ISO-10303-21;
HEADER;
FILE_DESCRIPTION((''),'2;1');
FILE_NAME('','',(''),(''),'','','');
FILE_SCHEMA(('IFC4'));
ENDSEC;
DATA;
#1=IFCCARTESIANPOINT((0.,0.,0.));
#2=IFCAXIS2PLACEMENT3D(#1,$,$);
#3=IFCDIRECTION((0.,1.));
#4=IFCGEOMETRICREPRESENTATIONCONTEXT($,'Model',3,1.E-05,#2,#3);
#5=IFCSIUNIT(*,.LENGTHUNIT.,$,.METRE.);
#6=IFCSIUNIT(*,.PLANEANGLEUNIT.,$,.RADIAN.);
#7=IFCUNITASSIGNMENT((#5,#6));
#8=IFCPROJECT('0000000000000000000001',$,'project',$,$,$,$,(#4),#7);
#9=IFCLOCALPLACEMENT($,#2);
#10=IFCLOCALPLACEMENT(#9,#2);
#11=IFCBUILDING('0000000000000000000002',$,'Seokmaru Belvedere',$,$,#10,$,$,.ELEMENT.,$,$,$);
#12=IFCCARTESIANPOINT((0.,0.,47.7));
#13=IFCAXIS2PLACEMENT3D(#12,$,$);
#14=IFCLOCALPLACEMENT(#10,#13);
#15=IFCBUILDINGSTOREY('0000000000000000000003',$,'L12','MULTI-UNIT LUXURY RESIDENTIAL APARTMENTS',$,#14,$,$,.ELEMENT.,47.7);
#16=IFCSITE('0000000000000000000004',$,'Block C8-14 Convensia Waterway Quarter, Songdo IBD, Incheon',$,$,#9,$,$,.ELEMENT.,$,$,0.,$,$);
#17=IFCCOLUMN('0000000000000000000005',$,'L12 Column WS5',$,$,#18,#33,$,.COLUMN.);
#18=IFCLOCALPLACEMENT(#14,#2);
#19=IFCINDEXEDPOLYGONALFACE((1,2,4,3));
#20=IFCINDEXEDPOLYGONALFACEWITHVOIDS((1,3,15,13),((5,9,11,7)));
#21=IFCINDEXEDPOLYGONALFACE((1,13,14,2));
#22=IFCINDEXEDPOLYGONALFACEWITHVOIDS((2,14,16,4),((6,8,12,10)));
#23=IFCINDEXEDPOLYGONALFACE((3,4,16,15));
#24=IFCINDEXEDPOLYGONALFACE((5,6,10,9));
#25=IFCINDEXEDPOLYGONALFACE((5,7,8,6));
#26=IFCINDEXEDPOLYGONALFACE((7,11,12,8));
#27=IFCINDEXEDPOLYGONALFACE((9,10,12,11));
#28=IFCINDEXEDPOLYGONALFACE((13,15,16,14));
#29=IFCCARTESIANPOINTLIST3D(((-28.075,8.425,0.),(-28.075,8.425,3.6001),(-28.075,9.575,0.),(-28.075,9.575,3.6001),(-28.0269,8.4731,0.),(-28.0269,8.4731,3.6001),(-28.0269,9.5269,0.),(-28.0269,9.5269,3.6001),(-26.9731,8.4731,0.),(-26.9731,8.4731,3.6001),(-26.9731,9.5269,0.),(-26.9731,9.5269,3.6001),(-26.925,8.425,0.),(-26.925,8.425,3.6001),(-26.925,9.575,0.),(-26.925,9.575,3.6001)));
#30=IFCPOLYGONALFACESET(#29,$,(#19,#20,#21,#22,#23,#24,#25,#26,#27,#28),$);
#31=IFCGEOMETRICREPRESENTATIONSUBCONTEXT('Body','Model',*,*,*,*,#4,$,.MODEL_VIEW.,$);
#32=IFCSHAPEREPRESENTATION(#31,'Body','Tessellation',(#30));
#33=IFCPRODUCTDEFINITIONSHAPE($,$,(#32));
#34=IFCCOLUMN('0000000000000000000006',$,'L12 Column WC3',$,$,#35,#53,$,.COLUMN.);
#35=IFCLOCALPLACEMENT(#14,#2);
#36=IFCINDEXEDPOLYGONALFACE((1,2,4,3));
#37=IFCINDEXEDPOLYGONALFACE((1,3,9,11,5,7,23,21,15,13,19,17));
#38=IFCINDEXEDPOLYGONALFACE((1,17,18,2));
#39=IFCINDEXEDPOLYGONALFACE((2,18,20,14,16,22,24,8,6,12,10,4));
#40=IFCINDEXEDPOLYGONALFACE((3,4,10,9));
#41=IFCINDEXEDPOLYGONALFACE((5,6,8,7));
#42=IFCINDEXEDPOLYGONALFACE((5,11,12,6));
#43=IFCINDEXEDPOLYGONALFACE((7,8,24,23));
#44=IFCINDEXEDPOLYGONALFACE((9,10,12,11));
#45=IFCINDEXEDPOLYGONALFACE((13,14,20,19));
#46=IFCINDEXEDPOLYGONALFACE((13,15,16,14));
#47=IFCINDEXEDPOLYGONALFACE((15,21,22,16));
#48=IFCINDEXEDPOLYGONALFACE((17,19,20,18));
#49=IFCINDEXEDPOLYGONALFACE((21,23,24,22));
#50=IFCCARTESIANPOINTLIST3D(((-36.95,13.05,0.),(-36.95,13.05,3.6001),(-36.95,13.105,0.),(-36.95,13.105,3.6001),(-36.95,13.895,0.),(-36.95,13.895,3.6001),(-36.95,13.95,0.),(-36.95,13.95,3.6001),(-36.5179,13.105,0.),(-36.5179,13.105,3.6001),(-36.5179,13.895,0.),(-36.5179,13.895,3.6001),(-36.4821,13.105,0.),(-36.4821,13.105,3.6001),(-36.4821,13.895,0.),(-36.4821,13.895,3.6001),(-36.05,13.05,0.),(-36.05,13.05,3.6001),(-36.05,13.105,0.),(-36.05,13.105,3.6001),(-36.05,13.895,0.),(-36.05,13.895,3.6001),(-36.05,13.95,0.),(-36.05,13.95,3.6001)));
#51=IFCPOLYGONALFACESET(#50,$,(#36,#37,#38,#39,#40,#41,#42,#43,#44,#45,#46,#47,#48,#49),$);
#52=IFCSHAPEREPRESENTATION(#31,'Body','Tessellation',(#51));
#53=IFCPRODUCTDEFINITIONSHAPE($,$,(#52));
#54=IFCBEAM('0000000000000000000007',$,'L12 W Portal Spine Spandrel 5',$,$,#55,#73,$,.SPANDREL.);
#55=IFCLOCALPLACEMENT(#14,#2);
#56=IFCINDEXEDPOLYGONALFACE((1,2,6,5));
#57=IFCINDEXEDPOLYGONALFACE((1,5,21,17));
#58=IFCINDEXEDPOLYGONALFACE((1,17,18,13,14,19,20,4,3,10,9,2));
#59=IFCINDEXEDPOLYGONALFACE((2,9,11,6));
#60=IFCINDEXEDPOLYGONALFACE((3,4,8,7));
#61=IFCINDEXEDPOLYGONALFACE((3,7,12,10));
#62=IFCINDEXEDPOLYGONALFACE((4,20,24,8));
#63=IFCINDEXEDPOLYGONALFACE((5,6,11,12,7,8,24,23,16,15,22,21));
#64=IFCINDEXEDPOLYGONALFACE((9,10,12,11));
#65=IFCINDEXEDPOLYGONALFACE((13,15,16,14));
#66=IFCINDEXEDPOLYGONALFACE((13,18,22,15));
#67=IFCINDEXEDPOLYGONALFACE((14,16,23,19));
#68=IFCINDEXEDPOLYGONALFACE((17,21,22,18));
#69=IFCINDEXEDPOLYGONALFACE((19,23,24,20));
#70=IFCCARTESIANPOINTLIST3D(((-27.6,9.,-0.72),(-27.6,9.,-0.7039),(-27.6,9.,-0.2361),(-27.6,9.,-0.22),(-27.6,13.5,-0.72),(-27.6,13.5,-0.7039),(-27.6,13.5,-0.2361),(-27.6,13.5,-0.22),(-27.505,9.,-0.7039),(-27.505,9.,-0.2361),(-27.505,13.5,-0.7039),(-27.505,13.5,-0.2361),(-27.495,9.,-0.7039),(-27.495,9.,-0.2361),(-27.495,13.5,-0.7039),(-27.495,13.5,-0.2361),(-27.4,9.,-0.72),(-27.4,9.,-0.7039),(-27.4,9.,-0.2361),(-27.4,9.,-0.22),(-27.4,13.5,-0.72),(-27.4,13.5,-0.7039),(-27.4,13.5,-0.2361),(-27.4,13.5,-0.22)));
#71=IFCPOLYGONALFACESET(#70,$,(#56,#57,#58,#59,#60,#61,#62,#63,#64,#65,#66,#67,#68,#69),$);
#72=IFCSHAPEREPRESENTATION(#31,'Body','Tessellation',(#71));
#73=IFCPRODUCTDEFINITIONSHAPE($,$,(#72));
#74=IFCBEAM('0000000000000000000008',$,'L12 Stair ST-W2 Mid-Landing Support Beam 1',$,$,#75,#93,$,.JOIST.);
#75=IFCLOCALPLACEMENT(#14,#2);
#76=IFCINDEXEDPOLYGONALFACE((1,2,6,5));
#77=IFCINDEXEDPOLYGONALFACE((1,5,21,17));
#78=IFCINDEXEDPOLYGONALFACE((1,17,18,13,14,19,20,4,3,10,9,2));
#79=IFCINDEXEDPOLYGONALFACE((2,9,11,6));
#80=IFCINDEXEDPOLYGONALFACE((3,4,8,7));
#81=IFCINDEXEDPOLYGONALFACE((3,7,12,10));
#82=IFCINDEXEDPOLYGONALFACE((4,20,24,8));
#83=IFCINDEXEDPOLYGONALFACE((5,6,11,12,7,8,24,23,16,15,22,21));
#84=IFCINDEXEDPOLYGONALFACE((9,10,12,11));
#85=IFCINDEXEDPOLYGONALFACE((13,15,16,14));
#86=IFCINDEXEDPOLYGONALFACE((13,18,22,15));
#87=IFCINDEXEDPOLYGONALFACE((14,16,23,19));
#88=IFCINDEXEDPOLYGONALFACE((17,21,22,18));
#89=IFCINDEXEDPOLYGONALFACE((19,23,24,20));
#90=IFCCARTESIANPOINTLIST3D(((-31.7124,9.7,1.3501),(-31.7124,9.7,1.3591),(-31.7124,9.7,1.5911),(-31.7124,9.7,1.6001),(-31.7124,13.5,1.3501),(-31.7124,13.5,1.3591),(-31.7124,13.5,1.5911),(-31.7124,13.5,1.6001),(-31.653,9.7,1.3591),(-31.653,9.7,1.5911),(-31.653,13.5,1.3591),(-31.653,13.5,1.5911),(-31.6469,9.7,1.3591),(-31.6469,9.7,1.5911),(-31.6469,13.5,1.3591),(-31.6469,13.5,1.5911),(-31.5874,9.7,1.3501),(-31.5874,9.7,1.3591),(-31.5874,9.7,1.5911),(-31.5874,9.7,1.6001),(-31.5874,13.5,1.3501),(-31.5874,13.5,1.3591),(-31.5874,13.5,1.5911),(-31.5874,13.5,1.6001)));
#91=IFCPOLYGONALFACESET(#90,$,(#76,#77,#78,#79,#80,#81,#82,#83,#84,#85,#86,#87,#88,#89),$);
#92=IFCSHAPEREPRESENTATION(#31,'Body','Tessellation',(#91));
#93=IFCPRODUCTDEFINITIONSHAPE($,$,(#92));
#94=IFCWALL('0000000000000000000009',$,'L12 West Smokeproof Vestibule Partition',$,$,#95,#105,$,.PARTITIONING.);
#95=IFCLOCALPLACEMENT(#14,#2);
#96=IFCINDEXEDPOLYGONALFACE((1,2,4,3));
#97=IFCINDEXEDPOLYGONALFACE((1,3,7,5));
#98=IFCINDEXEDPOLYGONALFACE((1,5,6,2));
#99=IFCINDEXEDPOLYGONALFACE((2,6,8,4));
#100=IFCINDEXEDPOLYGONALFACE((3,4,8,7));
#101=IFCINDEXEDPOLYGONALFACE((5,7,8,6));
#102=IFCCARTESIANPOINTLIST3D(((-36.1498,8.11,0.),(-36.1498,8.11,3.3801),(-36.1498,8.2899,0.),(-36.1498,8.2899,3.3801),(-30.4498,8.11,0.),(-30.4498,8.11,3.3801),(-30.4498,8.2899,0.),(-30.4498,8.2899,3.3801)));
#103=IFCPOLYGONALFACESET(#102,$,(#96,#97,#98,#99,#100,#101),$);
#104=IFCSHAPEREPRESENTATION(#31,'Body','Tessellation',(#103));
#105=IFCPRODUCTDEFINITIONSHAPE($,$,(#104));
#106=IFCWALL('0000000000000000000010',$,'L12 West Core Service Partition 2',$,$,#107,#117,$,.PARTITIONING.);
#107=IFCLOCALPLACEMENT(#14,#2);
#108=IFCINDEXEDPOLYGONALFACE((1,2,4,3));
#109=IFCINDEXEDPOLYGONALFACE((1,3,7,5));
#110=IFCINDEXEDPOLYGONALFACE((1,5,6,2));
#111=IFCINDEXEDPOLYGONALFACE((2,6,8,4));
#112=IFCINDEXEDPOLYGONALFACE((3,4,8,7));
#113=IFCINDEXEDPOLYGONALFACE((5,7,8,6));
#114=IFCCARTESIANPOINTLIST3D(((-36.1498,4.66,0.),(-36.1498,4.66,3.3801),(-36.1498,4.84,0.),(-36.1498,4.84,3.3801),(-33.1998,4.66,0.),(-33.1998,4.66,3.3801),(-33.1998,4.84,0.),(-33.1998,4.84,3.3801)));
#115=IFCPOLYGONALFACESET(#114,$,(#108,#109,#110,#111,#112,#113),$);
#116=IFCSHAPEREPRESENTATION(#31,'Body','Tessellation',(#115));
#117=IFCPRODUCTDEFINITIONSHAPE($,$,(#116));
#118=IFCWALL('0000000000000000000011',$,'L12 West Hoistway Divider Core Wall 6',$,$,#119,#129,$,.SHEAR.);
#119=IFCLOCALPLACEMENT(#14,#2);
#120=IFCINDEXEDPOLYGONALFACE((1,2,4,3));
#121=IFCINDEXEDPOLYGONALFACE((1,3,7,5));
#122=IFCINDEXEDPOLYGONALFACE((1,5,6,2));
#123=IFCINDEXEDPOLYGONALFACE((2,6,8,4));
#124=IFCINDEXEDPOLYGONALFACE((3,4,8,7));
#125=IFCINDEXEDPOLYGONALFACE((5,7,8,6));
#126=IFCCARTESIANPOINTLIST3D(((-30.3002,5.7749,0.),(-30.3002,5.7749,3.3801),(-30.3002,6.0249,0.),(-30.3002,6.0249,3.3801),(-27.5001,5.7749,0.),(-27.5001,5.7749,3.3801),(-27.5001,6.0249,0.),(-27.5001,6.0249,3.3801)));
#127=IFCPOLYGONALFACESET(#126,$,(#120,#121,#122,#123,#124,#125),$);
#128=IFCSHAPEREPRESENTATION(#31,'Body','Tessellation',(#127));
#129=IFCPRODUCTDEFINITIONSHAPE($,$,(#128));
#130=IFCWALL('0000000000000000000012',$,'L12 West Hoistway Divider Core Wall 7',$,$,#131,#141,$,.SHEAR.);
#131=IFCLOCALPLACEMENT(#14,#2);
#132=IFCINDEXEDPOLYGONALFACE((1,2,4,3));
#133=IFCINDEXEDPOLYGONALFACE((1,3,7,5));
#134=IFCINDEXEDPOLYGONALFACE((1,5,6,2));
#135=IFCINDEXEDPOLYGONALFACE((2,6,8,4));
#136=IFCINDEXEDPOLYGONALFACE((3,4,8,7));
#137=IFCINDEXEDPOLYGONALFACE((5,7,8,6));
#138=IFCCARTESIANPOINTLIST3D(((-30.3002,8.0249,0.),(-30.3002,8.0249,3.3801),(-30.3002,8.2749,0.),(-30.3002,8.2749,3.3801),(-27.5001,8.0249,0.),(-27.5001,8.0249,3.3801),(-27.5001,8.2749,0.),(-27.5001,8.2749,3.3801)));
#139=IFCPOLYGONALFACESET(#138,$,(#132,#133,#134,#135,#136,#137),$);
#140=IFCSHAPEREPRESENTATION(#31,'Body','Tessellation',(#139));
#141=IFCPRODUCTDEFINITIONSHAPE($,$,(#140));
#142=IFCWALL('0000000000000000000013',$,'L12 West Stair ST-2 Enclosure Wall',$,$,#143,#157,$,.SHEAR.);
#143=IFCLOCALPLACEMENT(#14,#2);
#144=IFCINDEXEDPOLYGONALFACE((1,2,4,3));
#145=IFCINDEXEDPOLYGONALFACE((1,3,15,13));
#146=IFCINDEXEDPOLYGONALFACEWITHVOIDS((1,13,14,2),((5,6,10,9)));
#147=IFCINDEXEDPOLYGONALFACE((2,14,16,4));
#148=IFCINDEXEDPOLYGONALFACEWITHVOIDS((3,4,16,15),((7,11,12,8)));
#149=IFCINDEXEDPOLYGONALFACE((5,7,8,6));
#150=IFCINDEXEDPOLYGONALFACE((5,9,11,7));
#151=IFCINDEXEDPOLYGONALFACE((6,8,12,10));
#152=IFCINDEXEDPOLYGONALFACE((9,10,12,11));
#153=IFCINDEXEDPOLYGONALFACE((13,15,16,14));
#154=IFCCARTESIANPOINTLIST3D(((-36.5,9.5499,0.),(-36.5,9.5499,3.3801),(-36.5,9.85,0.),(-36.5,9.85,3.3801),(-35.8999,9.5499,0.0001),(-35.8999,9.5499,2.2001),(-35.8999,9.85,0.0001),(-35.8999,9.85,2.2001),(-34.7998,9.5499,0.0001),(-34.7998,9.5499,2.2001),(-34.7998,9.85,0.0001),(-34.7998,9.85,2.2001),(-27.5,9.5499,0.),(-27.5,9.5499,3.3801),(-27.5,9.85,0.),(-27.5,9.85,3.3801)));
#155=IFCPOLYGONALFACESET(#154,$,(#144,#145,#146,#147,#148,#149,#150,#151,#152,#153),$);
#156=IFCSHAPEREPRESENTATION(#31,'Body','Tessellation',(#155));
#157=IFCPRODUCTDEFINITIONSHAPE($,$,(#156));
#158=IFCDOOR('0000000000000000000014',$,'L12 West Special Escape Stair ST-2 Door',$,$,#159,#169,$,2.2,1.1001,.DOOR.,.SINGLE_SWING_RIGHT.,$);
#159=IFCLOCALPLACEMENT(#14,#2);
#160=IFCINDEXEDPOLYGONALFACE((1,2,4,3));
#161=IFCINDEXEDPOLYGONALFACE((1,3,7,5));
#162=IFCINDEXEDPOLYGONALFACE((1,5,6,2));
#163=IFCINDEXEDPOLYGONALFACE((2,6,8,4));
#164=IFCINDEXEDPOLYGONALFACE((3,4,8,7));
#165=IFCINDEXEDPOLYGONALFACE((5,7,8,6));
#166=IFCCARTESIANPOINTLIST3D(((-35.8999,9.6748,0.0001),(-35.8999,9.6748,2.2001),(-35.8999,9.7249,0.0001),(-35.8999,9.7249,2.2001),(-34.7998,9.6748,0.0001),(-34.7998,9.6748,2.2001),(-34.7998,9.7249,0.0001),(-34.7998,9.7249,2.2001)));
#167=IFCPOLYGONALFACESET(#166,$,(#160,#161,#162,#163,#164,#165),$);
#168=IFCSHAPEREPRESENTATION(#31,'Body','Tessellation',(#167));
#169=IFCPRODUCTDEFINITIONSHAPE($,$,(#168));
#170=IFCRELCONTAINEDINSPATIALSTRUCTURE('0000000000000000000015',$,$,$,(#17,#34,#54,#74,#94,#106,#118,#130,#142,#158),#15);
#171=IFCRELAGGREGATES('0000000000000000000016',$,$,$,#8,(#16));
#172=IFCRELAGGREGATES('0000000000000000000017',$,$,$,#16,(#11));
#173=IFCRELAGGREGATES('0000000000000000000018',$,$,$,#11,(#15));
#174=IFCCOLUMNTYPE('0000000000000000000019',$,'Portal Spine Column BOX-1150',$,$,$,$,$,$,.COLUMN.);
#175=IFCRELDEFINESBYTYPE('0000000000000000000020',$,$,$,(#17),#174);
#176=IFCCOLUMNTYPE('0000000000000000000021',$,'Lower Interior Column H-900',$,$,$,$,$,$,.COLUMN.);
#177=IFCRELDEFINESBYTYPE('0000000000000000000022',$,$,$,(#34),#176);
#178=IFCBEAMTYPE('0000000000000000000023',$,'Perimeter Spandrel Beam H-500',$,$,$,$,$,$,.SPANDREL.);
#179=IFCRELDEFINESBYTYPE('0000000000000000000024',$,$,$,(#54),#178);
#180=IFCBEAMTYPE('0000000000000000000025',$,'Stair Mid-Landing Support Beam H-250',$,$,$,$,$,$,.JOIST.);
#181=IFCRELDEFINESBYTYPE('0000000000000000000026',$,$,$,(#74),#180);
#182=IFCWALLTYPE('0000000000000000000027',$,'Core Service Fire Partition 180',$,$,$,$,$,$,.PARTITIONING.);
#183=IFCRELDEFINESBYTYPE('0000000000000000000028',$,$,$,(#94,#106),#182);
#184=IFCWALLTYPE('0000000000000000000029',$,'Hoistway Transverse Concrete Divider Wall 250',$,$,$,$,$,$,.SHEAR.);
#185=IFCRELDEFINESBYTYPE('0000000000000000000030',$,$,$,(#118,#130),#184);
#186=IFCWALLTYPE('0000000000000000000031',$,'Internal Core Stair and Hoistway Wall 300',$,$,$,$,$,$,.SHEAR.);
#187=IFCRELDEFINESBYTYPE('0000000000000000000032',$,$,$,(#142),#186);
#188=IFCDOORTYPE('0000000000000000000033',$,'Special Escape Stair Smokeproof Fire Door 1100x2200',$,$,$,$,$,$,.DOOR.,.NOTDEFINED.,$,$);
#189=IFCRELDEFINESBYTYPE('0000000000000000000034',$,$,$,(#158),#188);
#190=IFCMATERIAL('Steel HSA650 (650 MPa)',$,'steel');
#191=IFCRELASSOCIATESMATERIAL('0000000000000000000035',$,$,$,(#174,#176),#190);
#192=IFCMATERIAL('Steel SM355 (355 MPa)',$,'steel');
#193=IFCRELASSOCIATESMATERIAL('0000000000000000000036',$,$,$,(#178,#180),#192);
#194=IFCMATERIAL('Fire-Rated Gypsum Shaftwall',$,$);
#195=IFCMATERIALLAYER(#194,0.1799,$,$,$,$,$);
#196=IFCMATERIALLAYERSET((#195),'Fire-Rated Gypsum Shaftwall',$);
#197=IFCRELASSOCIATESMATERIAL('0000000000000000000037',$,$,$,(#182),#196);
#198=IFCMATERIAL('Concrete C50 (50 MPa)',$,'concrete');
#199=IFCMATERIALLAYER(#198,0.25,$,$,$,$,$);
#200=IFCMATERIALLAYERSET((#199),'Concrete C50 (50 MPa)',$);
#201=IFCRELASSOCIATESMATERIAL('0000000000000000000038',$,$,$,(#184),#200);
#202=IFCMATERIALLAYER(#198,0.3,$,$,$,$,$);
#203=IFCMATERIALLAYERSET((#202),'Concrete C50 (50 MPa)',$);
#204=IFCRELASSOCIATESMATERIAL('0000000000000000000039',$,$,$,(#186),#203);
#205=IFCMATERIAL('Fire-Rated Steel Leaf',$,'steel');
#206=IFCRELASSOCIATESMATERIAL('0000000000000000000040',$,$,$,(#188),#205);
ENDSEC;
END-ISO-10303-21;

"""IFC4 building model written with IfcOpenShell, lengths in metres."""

from ifc_helpers import new_model, si_unit, direction, frame, frame_2d, origin, origin_2d, place, context, subcontext, project, spatial, rectangle, hollow_rectangle, i_section, extrude, source, transform, mapped, material, layer, layer_set, material_profile, profile_set, type_object, type_shapes, element, fill, save


model = new_model("IFC4")

# Units and contexts
model_context = context("Model", 3, precision=1e-05, world=origin(), true_north=direction((0.0, 1.0)))
body_context = subcontext(model_context, "Body", "Model", "MODEL_VIEW")
ifc_project = project(units=[si_unit("LENGTHUNIT", "METRE"), si_unit("PLANEANGLEUNIT", "RADIAN")], contexts=[model_context])

# Site, building, storey
site_placement = place(None, origin())
site = spatial("IfcSite", under=ifc_project, at=site_placement, Name="Block C8-14 Convensia Waterway Quarter, Songdo IBD, Incheon", CompositionType="ELEMENT", RefElevation=0.0)
building_placement = place(site_placement, origin())
building = spatial("IfcBuilding", under=site, at=building_placement, Name="Seokmaru Belvedere", CompositionType="ELEMENT")
storey_placement = place(building_placement, frame((0.0, 0.0, 47.7)))
storey = spatial("IfcBuildingStorey", under=building, at=storey_placement, Name="L12", Description="MULTI-UNIT LUXURY RESIDENTIAL APARTMENTS", CompositionType="ELEMENT", Elevation=47.7)

# Columns
ifc_material_1 = material(Name="Steel HSA650 (650 MPa)", Category="steel")
ifc_material_profile_1 = material_profile(ifc_material_1, hollow_rectangle(XDim=1.1499, YDim=1.1499, WallThickness=0.0481, at=origin_2d()), Name="BOX-1150x1150x48")
ifc_profile_set_1 = profile_set([ifc_material_profile_1], Name="Steel HSA650 (650 MPa)")
column_type_1 = type_object("IfcColumnType", Name="Portal Spine Column BOX-1150", PredefinedType="COLUMN", material=ifc_profile_set_1)
shared_shape_1 = source(origin(), body_context, "Body", "SweptSolid", [
    extrude(hollow_rectangle(XDim=1.1499, YDim=1.1499, WallThickness=0.0481, at=origin_2d()), origin(), (0.0, 0.0, 1.0), 3.6001),
])
type_shapes(column_type_1, [shared_shape_1])
column_1_placement = place(storey_placement, frame((-27.5, 9.0, 0.0), z_axis=(0.0, 0.0, 1.0), x_axis=(1.0, 0.0, 0.0)))
element("IfcColumn", 1, at=column_1_placement, inside=storey, type_object=column_type_1, Name="L12 Column WS5", PredefinedType="COLUMN", context=body_context, shape_type="MappedRepresentation", body=[
    mapped(shared_shape_1, transform((0.0, 0.0, 0.0), scale=1.0)),
])
ifc_material_profile_2 = material_profile(ifc_material_1, i_section(OverallWidth=0.8999, OverallDepth=0.8999, WebThickness=0.0359, FlangeThickness=0.0549, at=origin_2d()), Name="H-900x900x36x55")
ifc_profile_set_2 = profile_set([ifc_material_profile_2], Name="Steel HSA650 (650 MPa)")
column_type_2 = type_object("IfcColumnType", Name="Lower Interior Column H-900", PredefinedType="COLUMN", material=ifc_profile_set_2)
shared_shape_2 = source(origin(), body_context, "Body", "SweptSolid", [
    extrude(i_section(OverallWidth=0.8999, OverallDepth=0.8999, WebThickness=0.0359, FlangeThickness=0.0549, at=origin_2d()), origin(), (0.0, 0.0, 1.0), 3.6001),
])
type_shapes(column_type_2, [shared_shape_2])
column_2_placement = place(storey_placement, frame((-36.5, 13.5, 0.0), z_axis=(0.0, 0.0, 1.0), x_axis=(1.0, 0.0, 0.0)))
element("IfcColumn", 2, at=column_2_placement, inside=storey, type_object=column_type_2, Name="L12 Column WC3", PredefinedType="COLUMN", context=body_context, shape_type="MappedRepresentation", body=[
    mapped(shared_shape_2, transform((0.0, 0.0, 0.0), scale=1.0)),
])

# Beams
ifc_material_2 = material(Name="Steel SM355 (355 MPa)", Category="steel")
ifc_material_profile_3 = material_profile(ifc_material_2, i_section(OverallWidth=0.2, OverallDepth=0.5, WebThickness=0.01, FlangeThickness=0.0161, at=origin_2d()), Name="H-500x200x10x16")
ifc_profile_set_3 = profile_set([ifc_material_profile_3], Name="Steel SM355 (355 MPa)")
beam_type_1 = type_object("IfcBeamType", Name="Perimeter Spandrel Beam H-500", PredefinedType="SPANDREL", material=ifc_profile_set_3)
shared_shape_3 = source(origin(), body_context, "Body", "SweptSolid", [
    extrude(i_section(OverallWidth=0.2, OverallDepth=0.5, WebThickness=0.01, FlangeThickness=0.0161, at=origin_2d()), origin(), (0.0, 0.0, 1.0), 4.5),
])
type_shapes(beam_type_1, [shared_shape_3])
beam_1_placement = place(storey_placement, frame((-27.5, 9.0, -0.47), z_axis=(0.0, 1.0, 0.0), x_axis=(-1.0, 0.0, 0.0)))
element("IfcBeam", 3, at=beam_1_placement, inside=storey, type_object=beam_type_1, Name="L12 W Portal Spine Spandrel 5", PredefinedType="SPANDREL", context=body_context, shape_type="MappedRepresentation", body=[
    mapped(shared_shape_3, transform((0.0, 0.0, 0.0), scale=1.0)),
])
ifc_material_profile_4 = material_profile(ifc_material_2, i_section(OverallWidth=0.125, OverallDepth=0.25, WebThickness=0.0061, FlangeThickness=0.009, at=origin_2d()), Name="H-250x125x6x9")
ifc_profile_set_4 = profile_set([ifc_material_profile_4], Name="Steel SM355 (355 MPa)")
beam_type_2 = type_object("IfcBeamType", Name="Stair Mid-Landing Support Beam H-250", PredefinedType="JOIST", material=ifc_profile_set_4)
shared_shape_4 = source(origin(), body_context, "Body", "SweptSolid", [
    extrude(i_section(OverallWidth=0.125, OverallDepth=0.25, WebThickness=0.0061, FlangeThickness=0.009, at=origin_2d()), origin(), (0.0, 0.0, 1.0), 3.8),
])
type_shapes(beam_type_2, [shared_shape_4])
beam_2_placement = place(storey_placement, frame((-31.6499, 9.7, 1.4751), z_axis=(0.0, 1.0, 0.0), x_axis=(-1.0, 0.0, 0.0)))
element("IfcBeam", 4, at=beam_2_placement, inside=storey, type_object=beam_type_2, Name="L12 Stair ST-W2 Mid-Landing Support Beam 1", PredefinedType="JOIST", context=body_context, shape_type="MappedRepresentation", body=[
    mapped(shared_shape_4, transform((0.0, 0.0, 0.0), scale=1.0)),
])

# Walls
ifc_material_3 = material(Name="Fire-Rated Gypsum Shaftwall")
ifc_layer_1 = layer(ifc_material_3, 0.1799)
ifc_layer_set_1 = layer_set([ifc_layer_1], Name="Fire-Rated Gypsum Shaftwall")
wall_type_1 = type_object("IfcWallType", Name="Core Service Fire Partition 180", PredefinedType="PARTITIONING", material=ifc_layer_set_1)
wall_1_placement = place(storey_placement, frame((-36.1499, 8.2, 0.0), z_axis=(0.0, 0.0, 1.0), x_axis=(1.0, 0.0, 0.0)))
element("IfcWall", 5, at=wall_1_placement, inside=storey, type_object=wall_type_1, Name="L12 West Smokeproof Vestibule Partition", PredefinedType="PARTITIONING", context=body_context, shape_type="SweptSolid", body=[
    extrude(rectangle(XDim=5.7, YDim=0.1799, at=frame_2d((2.8501, 0.0))), origin(), (0.0, 0.0, 1.0), 3.3801),
])
wall_2_placement = place(storey_placement, frame((-36.1499, 4.75, 0.0), z_axis=(0.0, 0.0, 1.0), x_axis=(1.0, 0.0, 0.0)))
element("IfcWall", 6, at=wall_2_placement, inside=storey, type_object=wall_type_1, Name="L12 West Core Service Partition 2", PredefinedType="PARTITIONING", context=body_context, shape_type="SweptSolid", body=[
    extrude(rectangle(XDim=2.95, YDim=0.1799, at=frame_2d((1.4751, 0.0))), origin(), (0.0, 0.0, 1.0), 3.3801),
])
ifc_material_4 = material(Name="Concrete C50 (50 MPa)", Category="concrete")
ifc_layer_2 = layer(ifc_material_4, 0.25)
ifc_layer_set_2 = layer_set([ifc_layer_2], Name="Concrete C50 (50 MPa)")
wall_type_2 = type_object("IfcWallType", Name="Hoistway Transverse Concrete Divider Wall 250", PredefinedType="SHEAR", material=ifc_layer_set_2)
for number, where, z_axis, x_axis, name in (
    (7, (-30.3, 5.8999, 0.0), (0.0, 0.0, 1.0), (1.0, 0.0, 0.0), "L12 West Hoistway Divider Core Wall 6"),
    (8, (-30.3, 8.1499, 0.0), (0.0, 0.0, 1.0), (1.0, 0.0, 0.0), "L12 West Hoistway Divider Core Wall 7"),
):
    element("IfcWall", number, at=place(storey_placement, frame(where, z_axis=z_axis, x_axis=x_axis)), inside=storey, type_object=wall_type_2, Name=name, PredefinedType="SHEAR", context=body_context, shape_type="SweptSolid", body=[
        extrude(rectangle(XDim=2.8, YDim=0.25, at=frame_2d((1.3999, 0.0))), origin(), (0.0, 0.0, 1.0), 3.3801),
    ])

# Wall, opening, door
ifc_layer_3 = layer(ifc_material_4, 0.3)
ifc_layer_set_3 = layer_set([ifc_layer_3], Name="Concrete C50 (50 MPa)")
wall_type_3 = type_object("IfcWallType", Name="Internal Core Stair and Hoistway Wall 300", PredefinedType="SHEAR", material=ifc_layer_set_3)
wall_3_placement = place(storey_placement, frame((-36.5, 9.7, 0.0), z_axis=(0.0, 0.0, 1.0), x_axis=(1.0, 0.0, 0.0)))
wall_3 = element("IfcWall", 9, at=wall_3_placement, inside=storey, type_object=wall_type_3, Name="L12 West Stair ST-2 Enclosure Wall", PredefinedType="SHEAR", context=body_context, shape_type="SweptSolid", body=[
    extrude(rectangle(XDim=9.0, YDim=0.3, at=frame_2d((4.5, 0.0))), origin(), (0.0, 0.0, 1.0), 3.3801),
])
opening_1_placement = place(wall_3_placement, frame((0.6001, 0.0, 0.0)))
opening_1 = element("IfcOpeningElement", 10, at=opening_1_placement, cuts=wall_3, PredefinedType="OPENING", context=body_context, shape_type="SweptSolid", body=[
    extrude(rectangle(XDim=1.1001, YDim=2.2, at=frame_2d((0.55, 1.1001))), frame((0.0, 0.1602, 0.0), z_axis=(0.0, -1.0, 0.0), x_axis=(1.0, 0.0, 0.0)), (0.0, 0.0, 1.0), 0.3201),
])
ifc_material_5 = material(Name="Fire-Rated Steel Leaf", Category="steel")
door_type_1 = type_object("IfcDoorType", Name="Special Escape Stair Smokeproof Fire Door 1100x2200", OperationType="NOTDEFINED", PredefinedType="DOOR", material=ifc_material_5)
shared_shape_5 = source(origin(), body_context, "Body", "SweptSolid", [
    extrude(rectangle(XDim=1.1001, YDim=2.2, at=frame_2d((0.55, 1.1001))), frame((0.0, 0.0249, 0.0), z_axis=(0.0, -1.0, 0.0), x_axis=(1.0, 0.0, 0.0)), (0.0, 0.0, 1.0), 0.05),
])
type_shapes(door_type_1, [shared_shape_5])
door_1_placement = place(opening_1_placement, origin())
door_1 = element("IfcDoor", 11, at=door_1_placement, inside=storey, type_object=door_type_1, Name="L12 West Special Escape Stair ST-2 Door", OperationType="SINGLE_SWING_RIGHT", OverallHeight=2.2, OverallWidth=1.1001, PredefinedType="DOOR", context=body_context, shape_type="MappedRepresentation", body=[
    mapped(shared_shape_5, transform((0.0, 0.0, 0.0), scale=1.0)),
])
fill(opening_1, door_1)

save(model, "model.ifc")
